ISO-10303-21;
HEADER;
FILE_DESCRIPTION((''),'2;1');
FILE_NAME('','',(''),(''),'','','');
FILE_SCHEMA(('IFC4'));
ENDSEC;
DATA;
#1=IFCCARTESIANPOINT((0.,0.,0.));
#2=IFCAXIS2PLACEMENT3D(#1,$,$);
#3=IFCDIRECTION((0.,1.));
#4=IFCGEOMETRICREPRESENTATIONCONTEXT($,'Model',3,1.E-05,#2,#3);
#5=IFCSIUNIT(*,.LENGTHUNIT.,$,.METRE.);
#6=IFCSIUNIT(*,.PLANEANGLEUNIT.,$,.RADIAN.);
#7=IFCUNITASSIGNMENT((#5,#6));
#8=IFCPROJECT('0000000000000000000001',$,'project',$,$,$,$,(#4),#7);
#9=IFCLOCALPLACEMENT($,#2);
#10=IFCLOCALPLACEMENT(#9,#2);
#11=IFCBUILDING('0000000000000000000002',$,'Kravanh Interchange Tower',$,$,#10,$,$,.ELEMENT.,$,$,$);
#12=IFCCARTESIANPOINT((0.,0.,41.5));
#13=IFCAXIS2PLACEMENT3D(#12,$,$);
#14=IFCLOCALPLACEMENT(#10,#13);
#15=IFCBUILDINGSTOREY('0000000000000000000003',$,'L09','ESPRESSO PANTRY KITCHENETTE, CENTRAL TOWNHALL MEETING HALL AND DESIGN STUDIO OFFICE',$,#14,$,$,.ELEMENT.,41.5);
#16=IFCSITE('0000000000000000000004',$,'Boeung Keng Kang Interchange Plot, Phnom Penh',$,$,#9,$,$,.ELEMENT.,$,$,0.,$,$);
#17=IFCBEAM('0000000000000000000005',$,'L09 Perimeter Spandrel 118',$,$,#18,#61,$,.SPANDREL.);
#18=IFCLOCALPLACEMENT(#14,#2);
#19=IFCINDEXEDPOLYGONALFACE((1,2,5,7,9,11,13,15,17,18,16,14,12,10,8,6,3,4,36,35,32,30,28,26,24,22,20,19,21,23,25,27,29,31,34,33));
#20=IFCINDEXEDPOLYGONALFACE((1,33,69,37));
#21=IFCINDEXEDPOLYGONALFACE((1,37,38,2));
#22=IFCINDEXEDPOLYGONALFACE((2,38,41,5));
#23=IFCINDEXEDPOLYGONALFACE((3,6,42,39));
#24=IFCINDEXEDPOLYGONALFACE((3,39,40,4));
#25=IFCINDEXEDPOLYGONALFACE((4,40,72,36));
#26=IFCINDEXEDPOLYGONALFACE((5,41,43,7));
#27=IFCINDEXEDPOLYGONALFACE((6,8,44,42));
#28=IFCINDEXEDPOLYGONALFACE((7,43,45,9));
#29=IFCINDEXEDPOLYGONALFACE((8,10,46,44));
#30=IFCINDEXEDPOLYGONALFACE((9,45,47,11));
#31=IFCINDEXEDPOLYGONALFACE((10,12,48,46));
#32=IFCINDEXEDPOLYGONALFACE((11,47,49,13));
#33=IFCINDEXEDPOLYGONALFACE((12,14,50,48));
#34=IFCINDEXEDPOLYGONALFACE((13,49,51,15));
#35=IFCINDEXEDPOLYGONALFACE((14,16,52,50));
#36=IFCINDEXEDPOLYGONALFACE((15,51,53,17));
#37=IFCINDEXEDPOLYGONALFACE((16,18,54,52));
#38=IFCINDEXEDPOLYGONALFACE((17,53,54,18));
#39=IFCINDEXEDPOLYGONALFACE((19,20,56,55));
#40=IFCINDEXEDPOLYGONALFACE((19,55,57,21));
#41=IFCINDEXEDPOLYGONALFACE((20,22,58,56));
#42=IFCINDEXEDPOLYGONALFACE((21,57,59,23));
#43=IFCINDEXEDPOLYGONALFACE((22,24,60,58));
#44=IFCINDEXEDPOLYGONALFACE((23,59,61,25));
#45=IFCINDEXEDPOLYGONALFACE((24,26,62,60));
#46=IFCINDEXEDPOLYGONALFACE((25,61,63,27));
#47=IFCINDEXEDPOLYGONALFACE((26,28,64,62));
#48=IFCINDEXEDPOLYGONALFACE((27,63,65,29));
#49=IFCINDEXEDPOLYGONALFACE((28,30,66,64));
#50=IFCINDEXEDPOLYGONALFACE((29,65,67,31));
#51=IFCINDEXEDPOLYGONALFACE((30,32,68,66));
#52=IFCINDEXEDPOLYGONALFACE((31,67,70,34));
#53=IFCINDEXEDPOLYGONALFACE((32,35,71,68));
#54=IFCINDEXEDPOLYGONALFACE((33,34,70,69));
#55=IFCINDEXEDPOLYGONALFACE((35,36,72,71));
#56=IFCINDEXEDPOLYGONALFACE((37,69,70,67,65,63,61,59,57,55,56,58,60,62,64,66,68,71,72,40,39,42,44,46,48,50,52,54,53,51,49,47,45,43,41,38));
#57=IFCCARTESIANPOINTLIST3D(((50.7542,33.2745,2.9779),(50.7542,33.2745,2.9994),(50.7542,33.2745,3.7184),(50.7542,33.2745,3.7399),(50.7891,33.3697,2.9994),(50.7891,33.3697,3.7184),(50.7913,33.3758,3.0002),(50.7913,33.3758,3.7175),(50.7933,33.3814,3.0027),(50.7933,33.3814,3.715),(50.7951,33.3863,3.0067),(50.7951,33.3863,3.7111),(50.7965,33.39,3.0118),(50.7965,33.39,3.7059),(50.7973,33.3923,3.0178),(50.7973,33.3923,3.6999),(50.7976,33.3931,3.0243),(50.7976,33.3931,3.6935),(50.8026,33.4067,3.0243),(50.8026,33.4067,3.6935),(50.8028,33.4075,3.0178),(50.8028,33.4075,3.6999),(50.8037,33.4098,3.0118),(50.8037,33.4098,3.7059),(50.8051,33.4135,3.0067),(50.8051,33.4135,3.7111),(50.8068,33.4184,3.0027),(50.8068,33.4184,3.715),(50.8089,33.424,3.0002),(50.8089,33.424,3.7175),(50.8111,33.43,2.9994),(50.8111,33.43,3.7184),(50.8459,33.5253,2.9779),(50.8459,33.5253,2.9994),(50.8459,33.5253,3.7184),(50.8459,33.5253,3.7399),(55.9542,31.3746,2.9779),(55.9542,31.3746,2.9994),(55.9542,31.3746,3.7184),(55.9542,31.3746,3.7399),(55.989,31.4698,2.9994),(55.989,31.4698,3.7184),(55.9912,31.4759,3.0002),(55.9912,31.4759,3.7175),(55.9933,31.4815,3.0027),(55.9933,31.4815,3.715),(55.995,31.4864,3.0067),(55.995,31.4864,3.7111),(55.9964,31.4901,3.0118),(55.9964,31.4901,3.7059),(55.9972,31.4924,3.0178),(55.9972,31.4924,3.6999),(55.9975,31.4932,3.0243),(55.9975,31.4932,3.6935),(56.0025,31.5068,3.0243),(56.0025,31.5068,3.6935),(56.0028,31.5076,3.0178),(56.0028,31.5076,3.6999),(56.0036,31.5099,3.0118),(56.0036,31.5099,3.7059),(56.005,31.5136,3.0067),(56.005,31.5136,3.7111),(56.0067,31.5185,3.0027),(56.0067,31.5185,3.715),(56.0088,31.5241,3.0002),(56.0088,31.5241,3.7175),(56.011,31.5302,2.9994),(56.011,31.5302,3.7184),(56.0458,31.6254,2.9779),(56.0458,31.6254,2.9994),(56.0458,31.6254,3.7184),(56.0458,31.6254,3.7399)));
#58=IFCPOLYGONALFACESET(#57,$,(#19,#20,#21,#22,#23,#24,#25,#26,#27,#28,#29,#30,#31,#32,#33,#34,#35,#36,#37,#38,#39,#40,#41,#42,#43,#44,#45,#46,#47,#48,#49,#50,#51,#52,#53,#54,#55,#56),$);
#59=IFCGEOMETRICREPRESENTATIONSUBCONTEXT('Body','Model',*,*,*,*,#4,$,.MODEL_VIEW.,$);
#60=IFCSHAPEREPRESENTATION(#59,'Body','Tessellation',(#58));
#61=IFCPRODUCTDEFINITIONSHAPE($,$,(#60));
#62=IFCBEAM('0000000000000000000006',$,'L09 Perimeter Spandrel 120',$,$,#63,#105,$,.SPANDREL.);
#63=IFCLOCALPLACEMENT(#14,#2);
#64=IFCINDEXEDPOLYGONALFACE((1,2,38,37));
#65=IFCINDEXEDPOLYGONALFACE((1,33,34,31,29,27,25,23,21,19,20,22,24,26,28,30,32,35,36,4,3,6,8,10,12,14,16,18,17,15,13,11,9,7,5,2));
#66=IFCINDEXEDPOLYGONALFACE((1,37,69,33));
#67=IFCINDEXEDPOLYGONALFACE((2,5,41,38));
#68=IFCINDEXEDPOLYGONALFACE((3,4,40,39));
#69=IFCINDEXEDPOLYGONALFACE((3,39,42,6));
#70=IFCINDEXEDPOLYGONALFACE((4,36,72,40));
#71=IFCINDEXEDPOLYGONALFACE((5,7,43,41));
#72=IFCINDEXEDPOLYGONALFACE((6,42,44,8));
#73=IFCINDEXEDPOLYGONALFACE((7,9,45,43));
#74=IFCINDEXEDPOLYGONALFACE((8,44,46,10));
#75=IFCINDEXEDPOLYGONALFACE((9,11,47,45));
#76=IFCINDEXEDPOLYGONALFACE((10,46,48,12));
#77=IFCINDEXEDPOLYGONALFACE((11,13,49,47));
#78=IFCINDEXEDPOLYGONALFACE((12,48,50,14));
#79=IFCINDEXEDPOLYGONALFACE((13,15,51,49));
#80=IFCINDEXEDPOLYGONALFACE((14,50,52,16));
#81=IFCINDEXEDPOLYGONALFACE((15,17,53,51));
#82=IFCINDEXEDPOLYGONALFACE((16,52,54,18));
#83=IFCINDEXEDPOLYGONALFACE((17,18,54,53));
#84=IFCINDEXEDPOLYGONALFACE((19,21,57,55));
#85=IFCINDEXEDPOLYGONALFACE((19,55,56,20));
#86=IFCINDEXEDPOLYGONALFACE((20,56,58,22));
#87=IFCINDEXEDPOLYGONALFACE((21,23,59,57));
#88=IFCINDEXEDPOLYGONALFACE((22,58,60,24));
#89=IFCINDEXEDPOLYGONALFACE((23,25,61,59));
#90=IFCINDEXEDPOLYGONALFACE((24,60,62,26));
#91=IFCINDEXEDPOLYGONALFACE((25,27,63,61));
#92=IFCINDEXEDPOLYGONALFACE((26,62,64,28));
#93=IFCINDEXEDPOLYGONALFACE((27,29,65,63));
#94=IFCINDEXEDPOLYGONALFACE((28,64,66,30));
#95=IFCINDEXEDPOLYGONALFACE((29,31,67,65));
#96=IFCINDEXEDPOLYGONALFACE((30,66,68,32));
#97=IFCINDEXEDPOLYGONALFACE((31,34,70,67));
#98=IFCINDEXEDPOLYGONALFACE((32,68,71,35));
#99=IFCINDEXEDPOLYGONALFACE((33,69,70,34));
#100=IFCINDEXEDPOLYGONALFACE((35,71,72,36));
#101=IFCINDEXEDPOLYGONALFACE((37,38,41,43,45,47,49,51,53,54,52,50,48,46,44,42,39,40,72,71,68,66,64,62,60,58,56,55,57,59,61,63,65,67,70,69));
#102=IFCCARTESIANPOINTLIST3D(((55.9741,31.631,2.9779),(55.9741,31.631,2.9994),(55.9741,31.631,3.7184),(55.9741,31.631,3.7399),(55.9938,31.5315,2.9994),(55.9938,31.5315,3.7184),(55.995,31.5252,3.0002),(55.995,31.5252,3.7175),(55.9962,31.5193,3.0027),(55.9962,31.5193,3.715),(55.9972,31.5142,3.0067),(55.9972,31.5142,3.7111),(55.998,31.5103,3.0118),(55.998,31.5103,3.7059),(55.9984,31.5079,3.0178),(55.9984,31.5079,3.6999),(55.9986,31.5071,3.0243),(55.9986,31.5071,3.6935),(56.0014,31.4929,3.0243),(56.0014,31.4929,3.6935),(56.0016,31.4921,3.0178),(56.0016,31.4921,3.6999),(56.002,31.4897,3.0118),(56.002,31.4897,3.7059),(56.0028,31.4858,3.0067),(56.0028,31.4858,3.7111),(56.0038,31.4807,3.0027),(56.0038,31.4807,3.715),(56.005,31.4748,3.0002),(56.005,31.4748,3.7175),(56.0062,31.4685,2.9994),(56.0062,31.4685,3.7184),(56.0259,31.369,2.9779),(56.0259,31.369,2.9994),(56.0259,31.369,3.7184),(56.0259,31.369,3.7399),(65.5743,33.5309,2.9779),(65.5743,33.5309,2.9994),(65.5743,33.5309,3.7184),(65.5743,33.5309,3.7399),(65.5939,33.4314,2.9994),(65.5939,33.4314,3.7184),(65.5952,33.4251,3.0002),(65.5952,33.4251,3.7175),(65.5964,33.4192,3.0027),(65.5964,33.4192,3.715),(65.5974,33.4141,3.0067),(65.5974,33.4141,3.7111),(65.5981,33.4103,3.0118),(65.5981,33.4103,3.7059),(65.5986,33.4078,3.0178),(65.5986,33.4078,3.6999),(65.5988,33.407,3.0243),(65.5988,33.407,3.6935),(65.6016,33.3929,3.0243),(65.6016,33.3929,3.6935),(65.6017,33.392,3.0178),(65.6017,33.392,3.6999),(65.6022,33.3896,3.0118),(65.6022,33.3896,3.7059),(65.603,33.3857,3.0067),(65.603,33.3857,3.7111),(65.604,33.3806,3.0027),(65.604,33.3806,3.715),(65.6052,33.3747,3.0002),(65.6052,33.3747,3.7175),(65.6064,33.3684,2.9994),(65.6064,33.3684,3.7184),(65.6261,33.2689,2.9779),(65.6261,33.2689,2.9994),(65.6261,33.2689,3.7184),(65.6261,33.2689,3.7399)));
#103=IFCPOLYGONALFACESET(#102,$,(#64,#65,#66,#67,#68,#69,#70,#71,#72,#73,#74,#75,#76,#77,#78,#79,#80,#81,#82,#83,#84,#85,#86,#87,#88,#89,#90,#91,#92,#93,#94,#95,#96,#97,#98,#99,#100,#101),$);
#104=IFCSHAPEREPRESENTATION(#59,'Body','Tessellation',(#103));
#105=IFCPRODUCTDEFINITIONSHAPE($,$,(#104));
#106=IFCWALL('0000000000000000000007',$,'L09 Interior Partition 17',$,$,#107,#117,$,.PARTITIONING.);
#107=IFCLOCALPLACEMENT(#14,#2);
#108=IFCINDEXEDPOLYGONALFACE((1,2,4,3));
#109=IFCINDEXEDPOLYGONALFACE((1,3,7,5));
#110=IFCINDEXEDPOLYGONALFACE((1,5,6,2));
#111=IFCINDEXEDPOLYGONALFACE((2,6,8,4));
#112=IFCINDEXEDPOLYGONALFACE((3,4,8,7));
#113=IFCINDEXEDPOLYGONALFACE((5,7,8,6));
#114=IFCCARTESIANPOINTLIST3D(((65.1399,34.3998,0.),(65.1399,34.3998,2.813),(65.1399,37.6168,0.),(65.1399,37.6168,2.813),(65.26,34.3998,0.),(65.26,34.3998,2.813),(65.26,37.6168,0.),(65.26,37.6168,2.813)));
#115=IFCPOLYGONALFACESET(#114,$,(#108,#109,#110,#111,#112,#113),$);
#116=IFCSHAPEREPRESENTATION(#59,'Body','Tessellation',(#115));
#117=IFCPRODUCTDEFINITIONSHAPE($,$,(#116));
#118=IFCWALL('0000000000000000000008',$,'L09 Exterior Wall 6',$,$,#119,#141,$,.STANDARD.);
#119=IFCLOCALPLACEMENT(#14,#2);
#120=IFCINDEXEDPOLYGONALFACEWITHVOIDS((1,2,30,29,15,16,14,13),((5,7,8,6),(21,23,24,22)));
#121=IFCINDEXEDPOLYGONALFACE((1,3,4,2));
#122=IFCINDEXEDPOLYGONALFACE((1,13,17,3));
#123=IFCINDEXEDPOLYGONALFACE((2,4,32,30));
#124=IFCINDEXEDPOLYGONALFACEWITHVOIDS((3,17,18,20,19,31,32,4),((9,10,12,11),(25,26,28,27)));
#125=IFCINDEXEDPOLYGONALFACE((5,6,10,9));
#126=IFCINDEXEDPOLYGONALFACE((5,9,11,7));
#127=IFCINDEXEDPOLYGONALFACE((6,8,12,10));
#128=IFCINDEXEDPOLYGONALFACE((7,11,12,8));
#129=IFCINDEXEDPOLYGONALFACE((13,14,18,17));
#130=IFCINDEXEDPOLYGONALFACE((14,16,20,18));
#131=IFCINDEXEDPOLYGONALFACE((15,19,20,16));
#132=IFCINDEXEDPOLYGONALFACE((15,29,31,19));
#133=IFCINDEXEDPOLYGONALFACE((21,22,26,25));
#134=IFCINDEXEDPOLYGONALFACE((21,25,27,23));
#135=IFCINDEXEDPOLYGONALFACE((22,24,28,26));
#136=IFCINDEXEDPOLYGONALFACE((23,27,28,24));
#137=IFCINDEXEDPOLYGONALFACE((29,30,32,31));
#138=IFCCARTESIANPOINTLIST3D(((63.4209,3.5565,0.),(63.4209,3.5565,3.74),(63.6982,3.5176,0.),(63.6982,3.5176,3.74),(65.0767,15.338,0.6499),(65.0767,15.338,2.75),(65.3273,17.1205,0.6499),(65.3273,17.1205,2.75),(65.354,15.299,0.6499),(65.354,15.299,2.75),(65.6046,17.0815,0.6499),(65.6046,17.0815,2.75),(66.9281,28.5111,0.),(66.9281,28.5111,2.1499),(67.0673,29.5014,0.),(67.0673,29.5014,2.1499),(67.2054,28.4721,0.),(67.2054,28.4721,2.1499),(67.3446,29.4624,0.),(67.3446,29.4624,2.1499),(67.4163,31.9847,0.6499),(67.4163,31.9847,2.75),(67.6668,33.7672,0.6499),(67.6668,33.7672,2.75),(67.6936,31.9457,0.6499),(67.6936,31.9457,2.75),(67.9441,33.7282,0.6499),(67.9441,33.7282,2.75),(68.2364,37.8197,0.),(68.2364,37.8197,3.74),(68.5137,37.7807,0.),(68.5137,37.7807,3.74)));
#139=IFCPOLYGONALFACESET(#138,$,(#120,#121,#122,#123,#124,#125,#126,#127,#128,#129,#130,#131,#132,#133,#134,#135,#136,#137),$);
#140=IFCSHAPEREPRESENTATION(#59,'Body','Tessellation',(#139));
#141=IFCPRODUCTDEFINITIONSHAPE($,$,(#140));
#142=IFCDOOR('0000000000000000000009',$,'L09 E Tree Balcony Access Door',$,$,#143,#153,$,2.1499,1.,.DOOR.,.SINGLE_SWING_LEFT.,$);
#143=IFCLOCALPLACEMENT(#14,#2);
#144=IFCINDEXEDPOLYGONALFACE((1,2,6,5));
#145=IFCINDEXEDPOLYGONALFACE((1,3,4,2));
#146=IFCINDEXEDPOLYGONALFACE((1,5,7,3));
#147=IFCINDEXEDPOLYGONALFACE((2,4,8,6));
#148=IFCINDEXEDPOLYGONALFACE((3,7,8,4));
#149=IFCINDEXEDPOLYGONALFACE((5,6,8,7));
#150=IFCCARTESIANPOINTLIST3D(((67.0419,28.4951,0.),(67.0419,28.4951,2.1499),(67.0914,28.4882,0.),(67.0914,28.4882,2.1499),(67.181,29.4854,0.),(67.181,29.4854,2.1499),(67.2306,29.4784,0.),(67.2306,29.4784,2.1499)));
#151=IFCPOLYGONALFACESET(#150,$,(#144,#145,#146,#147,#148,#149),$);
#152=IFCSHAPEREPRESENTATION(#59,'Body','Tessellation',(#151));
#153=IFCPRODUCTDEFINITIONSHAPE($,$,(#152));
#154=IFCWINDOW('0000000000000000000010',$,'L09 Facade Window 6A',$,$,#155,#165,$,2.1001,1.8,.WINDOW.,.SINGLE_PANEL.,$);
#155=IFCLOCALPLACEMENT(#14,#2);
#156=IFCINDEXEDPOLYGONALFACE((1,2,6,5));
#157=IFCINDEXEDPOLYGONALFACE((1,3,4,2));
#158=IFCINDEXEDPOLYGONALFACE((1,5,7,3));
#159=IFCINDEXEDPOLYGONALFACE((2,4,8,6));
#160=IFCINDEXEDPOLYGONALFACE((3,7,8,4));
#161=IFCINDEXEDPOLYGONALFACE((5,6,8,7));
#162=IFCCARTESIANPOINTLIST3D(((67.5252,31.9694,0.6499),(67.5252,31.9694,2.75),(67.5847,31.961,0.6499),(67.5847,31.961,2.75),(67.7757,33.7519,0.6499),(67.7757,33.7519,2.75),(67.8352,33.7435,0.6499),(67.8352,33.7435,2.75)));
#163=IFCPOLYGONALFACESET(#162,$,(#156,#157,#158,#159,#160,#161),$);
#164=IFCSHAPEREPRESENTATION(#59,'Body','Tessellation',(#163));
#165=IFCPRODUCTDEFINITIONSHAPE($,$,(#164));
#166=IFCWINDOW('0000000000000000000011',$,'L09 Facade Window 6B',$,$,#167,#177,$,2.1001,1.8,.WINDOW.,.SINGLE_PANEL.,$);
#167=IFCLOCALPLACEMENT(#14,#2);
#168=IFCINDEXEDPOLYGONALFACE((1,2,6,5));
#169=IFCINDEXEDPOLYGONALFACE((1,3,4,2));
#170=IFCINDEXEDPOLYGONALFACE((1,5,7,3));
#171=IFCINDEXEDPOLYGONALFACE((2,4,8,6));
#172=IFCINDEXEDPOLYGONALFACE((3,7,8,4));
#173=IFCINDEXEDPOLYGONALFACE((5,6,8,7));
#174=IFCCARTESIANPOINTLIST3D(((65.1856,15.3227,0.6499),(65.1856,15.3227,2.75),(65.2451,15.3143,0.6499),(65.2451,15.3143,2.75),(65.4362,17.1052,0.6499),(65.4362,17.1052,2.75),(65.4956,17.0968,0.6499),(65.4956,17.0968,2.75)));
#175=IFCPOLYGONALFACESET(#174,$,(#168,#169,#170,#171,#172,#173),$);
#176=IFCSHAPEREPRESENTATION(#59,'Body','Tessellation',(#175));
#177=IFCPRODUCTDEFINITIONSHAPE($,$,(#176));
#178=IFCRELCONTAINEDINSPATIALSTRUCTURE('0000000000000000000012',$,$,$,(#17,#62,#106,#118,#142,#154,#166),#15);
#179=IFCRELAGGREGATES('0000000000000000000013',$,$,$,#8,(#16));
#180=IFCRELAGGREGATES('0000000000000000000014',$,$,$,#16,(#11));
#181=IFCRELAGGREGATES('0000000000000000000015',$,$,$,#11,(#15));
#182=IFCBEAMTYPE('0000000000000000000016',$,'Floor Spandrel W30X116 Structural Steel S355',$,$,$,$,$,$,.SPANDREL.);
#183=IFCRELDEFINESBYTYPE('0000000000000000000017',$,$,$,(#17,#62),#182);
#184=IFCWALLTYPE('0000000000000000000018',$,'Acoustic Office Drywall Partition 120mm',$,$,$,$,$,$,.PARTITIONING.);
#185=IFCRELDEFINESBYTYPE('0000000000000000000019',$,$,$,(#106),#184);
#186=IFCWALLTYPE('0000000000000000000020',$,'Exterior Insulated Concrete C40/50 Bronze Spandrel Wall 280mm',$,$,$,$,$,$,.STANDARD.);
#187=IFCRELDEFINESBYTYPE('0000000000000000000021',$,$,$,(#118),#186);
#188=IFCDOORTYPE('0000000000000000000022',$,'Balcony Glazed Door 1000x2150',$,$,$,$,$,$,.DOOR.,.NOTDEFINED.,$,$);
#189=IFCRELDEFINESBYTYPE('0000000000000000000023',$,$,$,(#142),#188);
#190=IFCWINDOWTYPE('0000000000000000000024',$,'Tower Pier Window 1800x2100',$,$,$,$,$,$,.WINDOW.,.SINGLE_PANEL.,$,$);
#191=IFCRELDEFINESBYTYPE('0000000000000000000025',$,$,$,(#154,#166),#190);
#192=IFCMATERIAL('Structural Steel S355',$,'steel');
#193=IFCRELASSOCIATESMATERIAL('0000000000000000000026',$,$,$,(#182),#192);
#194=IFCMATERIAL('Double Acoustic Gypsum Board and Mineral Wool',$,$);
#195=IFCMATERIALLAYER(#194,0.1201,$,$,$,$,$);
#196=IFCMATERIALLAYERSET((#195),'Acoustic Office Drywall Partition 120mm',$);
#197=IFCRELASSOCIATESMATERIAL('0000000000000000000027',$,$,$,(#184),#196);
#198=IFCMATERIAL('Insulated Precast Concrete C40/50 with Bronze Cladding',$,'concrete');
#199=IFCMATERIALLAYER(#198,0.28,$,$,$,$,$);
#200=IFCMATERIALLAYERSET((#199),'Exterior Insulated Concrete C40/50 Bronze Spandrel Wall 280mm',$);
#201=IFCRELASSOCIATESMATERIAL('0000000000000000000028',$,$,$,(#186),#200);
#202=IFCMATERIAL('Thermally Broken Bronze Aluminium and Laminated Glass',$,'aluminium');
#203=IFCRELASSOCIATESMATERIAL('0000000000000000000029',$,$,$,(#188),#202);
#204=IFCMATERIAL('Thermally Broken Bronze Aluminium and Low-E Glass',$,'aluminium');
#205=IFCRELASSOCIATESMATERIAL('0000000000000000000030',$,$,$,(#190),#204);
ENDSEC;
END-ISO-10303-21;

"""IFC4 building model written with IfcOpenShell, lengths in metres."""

from ifc_helpers import new_model, si_unit, direction, frame, frame_2d, origin, origin_2d, place, context, subcontext, project, spatial, rectangle, i_section, extrude, material, layer, layer_set, material_profile, profile_set, type_object, element, fill, save


model = new_model("IFC4")

# Units and contexts
model_context = context("Model", 3, precision=1e-05, world=origin(), true_north=direction((0.0, 1.0)))
body_context = subcontext(model_context, "Body", "Model", "MODEL_VIEW")
ifc_project = project(units=[si_unit("LENGTHUNIT", "METRE"), si_unit("PLANEANGLEUNIT", "RADIAN")], contexts=[model_context])

# Site, building, storey
site_placement = place(None, origin())
site = spatial("IfcSite", under=ifc_project, at=site_placement, Name="Boeung Keng Kang Interchange Plot, Phnom Penh", CompositionType="ELEMENT", RefElevation=0.0)
building_placement = place(site_placement, origin())
building = spatial("IfcBuilding", under=site, at=building_placement, Name="Kravanh Interchange Tower", CompositionType="ELEMENT")
storey_placement = place(building_placement, frame((0.0, 0.0, 41.5)))
storey = spatial("IfcBuildingStorey", under=building, at=storey_placement, Name="L09", Description="ESPRESSO PANTRY KITCHENETTE, CENTRAL TOWNHALL MEETING HALL AND DESIGN STUDIO OFFICE", CompositionType="ELEMENT", Elevation=41.5)

# Beams
ifc_material_1 = material(Name="Structural Steel S355", Category="steel")
ifc_material_profile_1 = material_profile(ifc_material_1, i_section(OverallWidth=0.2671, OverallDepth=0.762, WebThickness=0.0144, FlangeThickness=0.0215, FilletRadius=0.0249, at=origin_2d()), Name="W30X116")
ifc_profile_set_1 = profile_set([ifc_material_profile_1], Name="Structural Steel S355")
beam_type_1 = type_object("IfcBeamType", Name="Floor Spandrel W30X116 Structural Steel S355", PredefinedType="SPANDREL", material=ifc_profile_set_1)
beam_1_placement = place(storey_placement, frame((56.0, 31.5, 3.3589), z_axis=(-0.93927, 0.34318, 0.0), x_axis=(-0.34318, -0.93927, 0.0)))
element("IfcBeam", 1, at=beam_1_placement, inside=storey, type_object=beam_type_1, Name="L09 Perimeter Spandrel 118", PredefinedType="SPANDREL", context=body_context, shape_type="SweptSolid", body=[
    extrude(i_section(OverallWidth=0.2671, OverallDepth=0.762, WebThickness=0.0144, FlangeThickness=0.0215, FilletRadius=0.0249, at=origin_2d()), origin(), (0.0, 0.0, 1.0), 5.5361),
])
beam_2_placement = place(storey_placement, frame((56.0, 31.5, 3.3589), z_axis=(0.980974, 0.194139, 0.0), x_axis=(-0.194139, 0.980974, 0.0)))
element("IfcBeam", 2, at=beam_2_placement, inside=storey, type_object=beam_type_1, Name="L09 Perimeter Spandrel 120", PredefinedType="SPANDREL", context=body_context, shape_type="SweptSolid", body=[
    extrude(i_section(OverallWidth=0.2671, OverallDepth=0.762, WebThickness=0.0144, FlangeThickness=0.0215, FilletRadius=0.0249, at=origin_2d()), origin(), (0.0, 0.0, 1.0), 9.7864),
])

# Wall
ifc_material_2 = material(Name="Double Acoustic Gypsum Board and Mineral Wool")
ifc_layer_1 = layer(ifc_material_2, 0.1201)
ifc_layer_set_1 = layer_set([ifc_layer_1], Name="Acoustic Office Drywall Partition 120mm")
wall_type_1 = type_object("IfcWallType", Name="Acoustic Office Drywall Partition 120mm", PredefinedType="PARTITIONING", material=ifc_layer_set_1)
wall_1_placement = place(storey_placement, frame((65.2, 34.3999, 0.0), z_axis=(0.0, 0.0, 1.0), x_axis=(0.0, 1.0, 0.0)))
element("IfcWall", 3, at=wall_1_placement, inside=storey, type_object=wall_type_1, Name="L09 Interior Partition 17", PredefinedType="PARTITIONING", context=body_context, shape_type="SweptSolid", body=[
    extrude(rectangle(XDim=3.217, YDim=0.1201, at=frame_2d((1.6084, 0.0))), origin(), (0.0, 0.0, 1.0), 2.813),
])

# Wall, openings, door, windows
ifc_material_3 = material(Name="Insulated Precast Concrete C40/50 with Bronze Cladding", Category="concrete")
ifc_layer_2 = layer(ifc_material_3, 0.28)
ifc_layer_set_2 = layer_set([ifc_layer_2], Name="Exterior Insulated Concrete C40/50 Bronze Spandrel Wall 280mm")
wall_type_2 = type_object("IfcWallType", Name="Exterior Insulated Concrete C40/50 Bronze Spandrel Wall 280mm", PredefinedType="STANDARD", material=ifc_layer_set_2)
wall_2_placement = place(storey_placement, frame((68.375, 37.8, 0.0), z_axis=(0.0, 0.0, 1.0), x_axis=(-0.139175, -0.990268, 0.0)))
wall_2 = element("IfcWall", 4, at=wall_2_placement, inside=storey, type_object=wall_type_2, Name="L09 Exterior Wall 6", PredefinedType="STANDARD", context=body_context, shape_type="SweptSolid", body=[
    extrude(rectangle(XDim=34.5999, YDim=0.28, at=frame_2d((17.2998, 0.0))), origin(), (0.0, 0.0, 1.0), 3.74),
])
opening_1_placement = place(wall_2_placement, frame((8.3999, 0.0, 0.0)))
opening_1 = element("IfcOpeningElement", 5, at=opening_1_placement, cuts=wall_2, PredefinedType="OPENING", context=body_context, shape_type="SweptSolid", body=[
    extrude(rectangle(XDim=1.0, YDim=2.1499, at=frame_2d((0.5, 1.075))), frame((0.0, 0.1499, 0.0), z_axis=(0.0, -1.0, 0.0), x_axis=(1.0, 0.0, 0.0)), (0.0, 0.0, 1.0), 0.3),
])
opening_2_placement = place(wall_2_placement, frame((4.0923, 0.0, 0.6499)))
opening_2 = element("IfcOpeningElement", 6, at=opening_2_placement, cuts=wall_2, PredefinedType="OPENING", context=body_context, shape_type="SweptSolid", body=[
    extrude(rectangle(XDim=1.8, YDim=2.1001, at=frame_2d((0.8999, 1.05))), frame((0.0, 0.1499, 0.0), z_axis=(0.0, -1.0, 0.0), x_axis=(1.0, 0.0, 0.0)), (0.0, 0.0, 1.0), 0.3),
])
opening_3_placement = place(wall_2_placement, frame((20.9026, 0.0, 0.6499)))
opening_3 = element("IfcOpeningElement", 7, at=opening_3_placement, cuts=wall_2, PredefinedType="OPENING", context=body_context, shape_type="SweptSolid", body=[
    extrude(rectangle(XDim=1.8, YDim=2.1001, at=frame_2d((0.8999, 1.05))), frame((0.0, 0.1499, 0.0), z_axis=(0.0, -1.0, 0.0), x_axis=(1.0, 0.0, 0.0)), (0.0, 0.0, 1.0), 0.3),
])
ifc_material_4 = material(Name="Thermally Broken Bronze Aluminium and Laminated Glass", Category="aluminium")
door_type = type_object("IfcDoorType", Name="Balcony Glazed Door 1000x2150", OperationType="NOTDEFINED", PredefinedType="DOOR", material=ifc_material_4)
door_placement = place(opening_1_placement, origin())
door = element("IfcDoor", 8, at=door_placement, inside=storey, type_object=door_type, Name="L09 E Tree Balcony Access Door", OperationType="SINGLE_SWING_LEFT", OverallHeight=2.1499, OverallWidth=1.0, PredefinedType="DOOR", context=body_context, shape_type="SweptSolid", body=[
    extrude(rectangle(XDim=1.0, YDim=2.1499, at=frame_2d((0.5, 1.075))), frame((0.0, 0.0249, 0.0), z_axis=(0.0, -1.0, 0.0), x_axis=(1.0, 0.0, 0.0)), (0.0, 0.0, 1.0), 0.05),
])
fill(opening_1, door)
ifc_material_5 = material(Name="Thermally Broken Bronze Aluminium and Low-E Glass", Category="aluminium")
window_type = type_object("IfcWindowType", Name="Tower Pier Window 1800x2100", PartitioningType="SINGLE_PANEL", PredefinedType="WINDOW", material=ifc_material_5)
window_1_placement = place(opening_2_placement, origin())
window_1 = element("IfcWindow", 9, at=window_1_placement, inside=storey, type_object=window_type, Name="L09 Facade Window 6A", OverallHeight=2.1001, OverallWidth=1.8, PartitioningType="SINGLE_PANEL", PredefinedType="WINDOW", context=body_context, shape_type="SweptSolid", body=[
    extrude(rectangle(XDim=1.8, YDim=2.1001, at=frame_2d((0.8999, 1.05))), frame((0.0, 0.03, 0.0), z_axis=(0.0, -1.0, 0.0), x_axis=(1.0, 0.0, 0.0)), (0.0, 0.0, 1.0), 0.0601),
])
fill(opening_2, window_1)
window_2_placement = place(opening_3_placement, origin())
window_2 = element("IfcWindow", 10, at=window_2_placement, inside=storey, type_object=window_type, Name="L09 Facade Window 6B", OverallHeight=2.1001, OverallWidth=1.8, PartitioningType="SINGLE_PANEL", PredefinedType="WINDOW", context=body_context, shape_type="SweptSolid", body=[
    extrude(rectangle(XDim=1.8, YDim=2.1001, at=frame_2d((0.8999, 1.05))), frame((0.0, 0.03, 0.0), z_axis=(0.0, -1.0, 0.0), x_axis=(1.0, 0.0, 0.0)), (0.0, 0.0, 1.0), 0.0601),
])
fill(opening_3, window_2)

save(model, "model.ifc")
